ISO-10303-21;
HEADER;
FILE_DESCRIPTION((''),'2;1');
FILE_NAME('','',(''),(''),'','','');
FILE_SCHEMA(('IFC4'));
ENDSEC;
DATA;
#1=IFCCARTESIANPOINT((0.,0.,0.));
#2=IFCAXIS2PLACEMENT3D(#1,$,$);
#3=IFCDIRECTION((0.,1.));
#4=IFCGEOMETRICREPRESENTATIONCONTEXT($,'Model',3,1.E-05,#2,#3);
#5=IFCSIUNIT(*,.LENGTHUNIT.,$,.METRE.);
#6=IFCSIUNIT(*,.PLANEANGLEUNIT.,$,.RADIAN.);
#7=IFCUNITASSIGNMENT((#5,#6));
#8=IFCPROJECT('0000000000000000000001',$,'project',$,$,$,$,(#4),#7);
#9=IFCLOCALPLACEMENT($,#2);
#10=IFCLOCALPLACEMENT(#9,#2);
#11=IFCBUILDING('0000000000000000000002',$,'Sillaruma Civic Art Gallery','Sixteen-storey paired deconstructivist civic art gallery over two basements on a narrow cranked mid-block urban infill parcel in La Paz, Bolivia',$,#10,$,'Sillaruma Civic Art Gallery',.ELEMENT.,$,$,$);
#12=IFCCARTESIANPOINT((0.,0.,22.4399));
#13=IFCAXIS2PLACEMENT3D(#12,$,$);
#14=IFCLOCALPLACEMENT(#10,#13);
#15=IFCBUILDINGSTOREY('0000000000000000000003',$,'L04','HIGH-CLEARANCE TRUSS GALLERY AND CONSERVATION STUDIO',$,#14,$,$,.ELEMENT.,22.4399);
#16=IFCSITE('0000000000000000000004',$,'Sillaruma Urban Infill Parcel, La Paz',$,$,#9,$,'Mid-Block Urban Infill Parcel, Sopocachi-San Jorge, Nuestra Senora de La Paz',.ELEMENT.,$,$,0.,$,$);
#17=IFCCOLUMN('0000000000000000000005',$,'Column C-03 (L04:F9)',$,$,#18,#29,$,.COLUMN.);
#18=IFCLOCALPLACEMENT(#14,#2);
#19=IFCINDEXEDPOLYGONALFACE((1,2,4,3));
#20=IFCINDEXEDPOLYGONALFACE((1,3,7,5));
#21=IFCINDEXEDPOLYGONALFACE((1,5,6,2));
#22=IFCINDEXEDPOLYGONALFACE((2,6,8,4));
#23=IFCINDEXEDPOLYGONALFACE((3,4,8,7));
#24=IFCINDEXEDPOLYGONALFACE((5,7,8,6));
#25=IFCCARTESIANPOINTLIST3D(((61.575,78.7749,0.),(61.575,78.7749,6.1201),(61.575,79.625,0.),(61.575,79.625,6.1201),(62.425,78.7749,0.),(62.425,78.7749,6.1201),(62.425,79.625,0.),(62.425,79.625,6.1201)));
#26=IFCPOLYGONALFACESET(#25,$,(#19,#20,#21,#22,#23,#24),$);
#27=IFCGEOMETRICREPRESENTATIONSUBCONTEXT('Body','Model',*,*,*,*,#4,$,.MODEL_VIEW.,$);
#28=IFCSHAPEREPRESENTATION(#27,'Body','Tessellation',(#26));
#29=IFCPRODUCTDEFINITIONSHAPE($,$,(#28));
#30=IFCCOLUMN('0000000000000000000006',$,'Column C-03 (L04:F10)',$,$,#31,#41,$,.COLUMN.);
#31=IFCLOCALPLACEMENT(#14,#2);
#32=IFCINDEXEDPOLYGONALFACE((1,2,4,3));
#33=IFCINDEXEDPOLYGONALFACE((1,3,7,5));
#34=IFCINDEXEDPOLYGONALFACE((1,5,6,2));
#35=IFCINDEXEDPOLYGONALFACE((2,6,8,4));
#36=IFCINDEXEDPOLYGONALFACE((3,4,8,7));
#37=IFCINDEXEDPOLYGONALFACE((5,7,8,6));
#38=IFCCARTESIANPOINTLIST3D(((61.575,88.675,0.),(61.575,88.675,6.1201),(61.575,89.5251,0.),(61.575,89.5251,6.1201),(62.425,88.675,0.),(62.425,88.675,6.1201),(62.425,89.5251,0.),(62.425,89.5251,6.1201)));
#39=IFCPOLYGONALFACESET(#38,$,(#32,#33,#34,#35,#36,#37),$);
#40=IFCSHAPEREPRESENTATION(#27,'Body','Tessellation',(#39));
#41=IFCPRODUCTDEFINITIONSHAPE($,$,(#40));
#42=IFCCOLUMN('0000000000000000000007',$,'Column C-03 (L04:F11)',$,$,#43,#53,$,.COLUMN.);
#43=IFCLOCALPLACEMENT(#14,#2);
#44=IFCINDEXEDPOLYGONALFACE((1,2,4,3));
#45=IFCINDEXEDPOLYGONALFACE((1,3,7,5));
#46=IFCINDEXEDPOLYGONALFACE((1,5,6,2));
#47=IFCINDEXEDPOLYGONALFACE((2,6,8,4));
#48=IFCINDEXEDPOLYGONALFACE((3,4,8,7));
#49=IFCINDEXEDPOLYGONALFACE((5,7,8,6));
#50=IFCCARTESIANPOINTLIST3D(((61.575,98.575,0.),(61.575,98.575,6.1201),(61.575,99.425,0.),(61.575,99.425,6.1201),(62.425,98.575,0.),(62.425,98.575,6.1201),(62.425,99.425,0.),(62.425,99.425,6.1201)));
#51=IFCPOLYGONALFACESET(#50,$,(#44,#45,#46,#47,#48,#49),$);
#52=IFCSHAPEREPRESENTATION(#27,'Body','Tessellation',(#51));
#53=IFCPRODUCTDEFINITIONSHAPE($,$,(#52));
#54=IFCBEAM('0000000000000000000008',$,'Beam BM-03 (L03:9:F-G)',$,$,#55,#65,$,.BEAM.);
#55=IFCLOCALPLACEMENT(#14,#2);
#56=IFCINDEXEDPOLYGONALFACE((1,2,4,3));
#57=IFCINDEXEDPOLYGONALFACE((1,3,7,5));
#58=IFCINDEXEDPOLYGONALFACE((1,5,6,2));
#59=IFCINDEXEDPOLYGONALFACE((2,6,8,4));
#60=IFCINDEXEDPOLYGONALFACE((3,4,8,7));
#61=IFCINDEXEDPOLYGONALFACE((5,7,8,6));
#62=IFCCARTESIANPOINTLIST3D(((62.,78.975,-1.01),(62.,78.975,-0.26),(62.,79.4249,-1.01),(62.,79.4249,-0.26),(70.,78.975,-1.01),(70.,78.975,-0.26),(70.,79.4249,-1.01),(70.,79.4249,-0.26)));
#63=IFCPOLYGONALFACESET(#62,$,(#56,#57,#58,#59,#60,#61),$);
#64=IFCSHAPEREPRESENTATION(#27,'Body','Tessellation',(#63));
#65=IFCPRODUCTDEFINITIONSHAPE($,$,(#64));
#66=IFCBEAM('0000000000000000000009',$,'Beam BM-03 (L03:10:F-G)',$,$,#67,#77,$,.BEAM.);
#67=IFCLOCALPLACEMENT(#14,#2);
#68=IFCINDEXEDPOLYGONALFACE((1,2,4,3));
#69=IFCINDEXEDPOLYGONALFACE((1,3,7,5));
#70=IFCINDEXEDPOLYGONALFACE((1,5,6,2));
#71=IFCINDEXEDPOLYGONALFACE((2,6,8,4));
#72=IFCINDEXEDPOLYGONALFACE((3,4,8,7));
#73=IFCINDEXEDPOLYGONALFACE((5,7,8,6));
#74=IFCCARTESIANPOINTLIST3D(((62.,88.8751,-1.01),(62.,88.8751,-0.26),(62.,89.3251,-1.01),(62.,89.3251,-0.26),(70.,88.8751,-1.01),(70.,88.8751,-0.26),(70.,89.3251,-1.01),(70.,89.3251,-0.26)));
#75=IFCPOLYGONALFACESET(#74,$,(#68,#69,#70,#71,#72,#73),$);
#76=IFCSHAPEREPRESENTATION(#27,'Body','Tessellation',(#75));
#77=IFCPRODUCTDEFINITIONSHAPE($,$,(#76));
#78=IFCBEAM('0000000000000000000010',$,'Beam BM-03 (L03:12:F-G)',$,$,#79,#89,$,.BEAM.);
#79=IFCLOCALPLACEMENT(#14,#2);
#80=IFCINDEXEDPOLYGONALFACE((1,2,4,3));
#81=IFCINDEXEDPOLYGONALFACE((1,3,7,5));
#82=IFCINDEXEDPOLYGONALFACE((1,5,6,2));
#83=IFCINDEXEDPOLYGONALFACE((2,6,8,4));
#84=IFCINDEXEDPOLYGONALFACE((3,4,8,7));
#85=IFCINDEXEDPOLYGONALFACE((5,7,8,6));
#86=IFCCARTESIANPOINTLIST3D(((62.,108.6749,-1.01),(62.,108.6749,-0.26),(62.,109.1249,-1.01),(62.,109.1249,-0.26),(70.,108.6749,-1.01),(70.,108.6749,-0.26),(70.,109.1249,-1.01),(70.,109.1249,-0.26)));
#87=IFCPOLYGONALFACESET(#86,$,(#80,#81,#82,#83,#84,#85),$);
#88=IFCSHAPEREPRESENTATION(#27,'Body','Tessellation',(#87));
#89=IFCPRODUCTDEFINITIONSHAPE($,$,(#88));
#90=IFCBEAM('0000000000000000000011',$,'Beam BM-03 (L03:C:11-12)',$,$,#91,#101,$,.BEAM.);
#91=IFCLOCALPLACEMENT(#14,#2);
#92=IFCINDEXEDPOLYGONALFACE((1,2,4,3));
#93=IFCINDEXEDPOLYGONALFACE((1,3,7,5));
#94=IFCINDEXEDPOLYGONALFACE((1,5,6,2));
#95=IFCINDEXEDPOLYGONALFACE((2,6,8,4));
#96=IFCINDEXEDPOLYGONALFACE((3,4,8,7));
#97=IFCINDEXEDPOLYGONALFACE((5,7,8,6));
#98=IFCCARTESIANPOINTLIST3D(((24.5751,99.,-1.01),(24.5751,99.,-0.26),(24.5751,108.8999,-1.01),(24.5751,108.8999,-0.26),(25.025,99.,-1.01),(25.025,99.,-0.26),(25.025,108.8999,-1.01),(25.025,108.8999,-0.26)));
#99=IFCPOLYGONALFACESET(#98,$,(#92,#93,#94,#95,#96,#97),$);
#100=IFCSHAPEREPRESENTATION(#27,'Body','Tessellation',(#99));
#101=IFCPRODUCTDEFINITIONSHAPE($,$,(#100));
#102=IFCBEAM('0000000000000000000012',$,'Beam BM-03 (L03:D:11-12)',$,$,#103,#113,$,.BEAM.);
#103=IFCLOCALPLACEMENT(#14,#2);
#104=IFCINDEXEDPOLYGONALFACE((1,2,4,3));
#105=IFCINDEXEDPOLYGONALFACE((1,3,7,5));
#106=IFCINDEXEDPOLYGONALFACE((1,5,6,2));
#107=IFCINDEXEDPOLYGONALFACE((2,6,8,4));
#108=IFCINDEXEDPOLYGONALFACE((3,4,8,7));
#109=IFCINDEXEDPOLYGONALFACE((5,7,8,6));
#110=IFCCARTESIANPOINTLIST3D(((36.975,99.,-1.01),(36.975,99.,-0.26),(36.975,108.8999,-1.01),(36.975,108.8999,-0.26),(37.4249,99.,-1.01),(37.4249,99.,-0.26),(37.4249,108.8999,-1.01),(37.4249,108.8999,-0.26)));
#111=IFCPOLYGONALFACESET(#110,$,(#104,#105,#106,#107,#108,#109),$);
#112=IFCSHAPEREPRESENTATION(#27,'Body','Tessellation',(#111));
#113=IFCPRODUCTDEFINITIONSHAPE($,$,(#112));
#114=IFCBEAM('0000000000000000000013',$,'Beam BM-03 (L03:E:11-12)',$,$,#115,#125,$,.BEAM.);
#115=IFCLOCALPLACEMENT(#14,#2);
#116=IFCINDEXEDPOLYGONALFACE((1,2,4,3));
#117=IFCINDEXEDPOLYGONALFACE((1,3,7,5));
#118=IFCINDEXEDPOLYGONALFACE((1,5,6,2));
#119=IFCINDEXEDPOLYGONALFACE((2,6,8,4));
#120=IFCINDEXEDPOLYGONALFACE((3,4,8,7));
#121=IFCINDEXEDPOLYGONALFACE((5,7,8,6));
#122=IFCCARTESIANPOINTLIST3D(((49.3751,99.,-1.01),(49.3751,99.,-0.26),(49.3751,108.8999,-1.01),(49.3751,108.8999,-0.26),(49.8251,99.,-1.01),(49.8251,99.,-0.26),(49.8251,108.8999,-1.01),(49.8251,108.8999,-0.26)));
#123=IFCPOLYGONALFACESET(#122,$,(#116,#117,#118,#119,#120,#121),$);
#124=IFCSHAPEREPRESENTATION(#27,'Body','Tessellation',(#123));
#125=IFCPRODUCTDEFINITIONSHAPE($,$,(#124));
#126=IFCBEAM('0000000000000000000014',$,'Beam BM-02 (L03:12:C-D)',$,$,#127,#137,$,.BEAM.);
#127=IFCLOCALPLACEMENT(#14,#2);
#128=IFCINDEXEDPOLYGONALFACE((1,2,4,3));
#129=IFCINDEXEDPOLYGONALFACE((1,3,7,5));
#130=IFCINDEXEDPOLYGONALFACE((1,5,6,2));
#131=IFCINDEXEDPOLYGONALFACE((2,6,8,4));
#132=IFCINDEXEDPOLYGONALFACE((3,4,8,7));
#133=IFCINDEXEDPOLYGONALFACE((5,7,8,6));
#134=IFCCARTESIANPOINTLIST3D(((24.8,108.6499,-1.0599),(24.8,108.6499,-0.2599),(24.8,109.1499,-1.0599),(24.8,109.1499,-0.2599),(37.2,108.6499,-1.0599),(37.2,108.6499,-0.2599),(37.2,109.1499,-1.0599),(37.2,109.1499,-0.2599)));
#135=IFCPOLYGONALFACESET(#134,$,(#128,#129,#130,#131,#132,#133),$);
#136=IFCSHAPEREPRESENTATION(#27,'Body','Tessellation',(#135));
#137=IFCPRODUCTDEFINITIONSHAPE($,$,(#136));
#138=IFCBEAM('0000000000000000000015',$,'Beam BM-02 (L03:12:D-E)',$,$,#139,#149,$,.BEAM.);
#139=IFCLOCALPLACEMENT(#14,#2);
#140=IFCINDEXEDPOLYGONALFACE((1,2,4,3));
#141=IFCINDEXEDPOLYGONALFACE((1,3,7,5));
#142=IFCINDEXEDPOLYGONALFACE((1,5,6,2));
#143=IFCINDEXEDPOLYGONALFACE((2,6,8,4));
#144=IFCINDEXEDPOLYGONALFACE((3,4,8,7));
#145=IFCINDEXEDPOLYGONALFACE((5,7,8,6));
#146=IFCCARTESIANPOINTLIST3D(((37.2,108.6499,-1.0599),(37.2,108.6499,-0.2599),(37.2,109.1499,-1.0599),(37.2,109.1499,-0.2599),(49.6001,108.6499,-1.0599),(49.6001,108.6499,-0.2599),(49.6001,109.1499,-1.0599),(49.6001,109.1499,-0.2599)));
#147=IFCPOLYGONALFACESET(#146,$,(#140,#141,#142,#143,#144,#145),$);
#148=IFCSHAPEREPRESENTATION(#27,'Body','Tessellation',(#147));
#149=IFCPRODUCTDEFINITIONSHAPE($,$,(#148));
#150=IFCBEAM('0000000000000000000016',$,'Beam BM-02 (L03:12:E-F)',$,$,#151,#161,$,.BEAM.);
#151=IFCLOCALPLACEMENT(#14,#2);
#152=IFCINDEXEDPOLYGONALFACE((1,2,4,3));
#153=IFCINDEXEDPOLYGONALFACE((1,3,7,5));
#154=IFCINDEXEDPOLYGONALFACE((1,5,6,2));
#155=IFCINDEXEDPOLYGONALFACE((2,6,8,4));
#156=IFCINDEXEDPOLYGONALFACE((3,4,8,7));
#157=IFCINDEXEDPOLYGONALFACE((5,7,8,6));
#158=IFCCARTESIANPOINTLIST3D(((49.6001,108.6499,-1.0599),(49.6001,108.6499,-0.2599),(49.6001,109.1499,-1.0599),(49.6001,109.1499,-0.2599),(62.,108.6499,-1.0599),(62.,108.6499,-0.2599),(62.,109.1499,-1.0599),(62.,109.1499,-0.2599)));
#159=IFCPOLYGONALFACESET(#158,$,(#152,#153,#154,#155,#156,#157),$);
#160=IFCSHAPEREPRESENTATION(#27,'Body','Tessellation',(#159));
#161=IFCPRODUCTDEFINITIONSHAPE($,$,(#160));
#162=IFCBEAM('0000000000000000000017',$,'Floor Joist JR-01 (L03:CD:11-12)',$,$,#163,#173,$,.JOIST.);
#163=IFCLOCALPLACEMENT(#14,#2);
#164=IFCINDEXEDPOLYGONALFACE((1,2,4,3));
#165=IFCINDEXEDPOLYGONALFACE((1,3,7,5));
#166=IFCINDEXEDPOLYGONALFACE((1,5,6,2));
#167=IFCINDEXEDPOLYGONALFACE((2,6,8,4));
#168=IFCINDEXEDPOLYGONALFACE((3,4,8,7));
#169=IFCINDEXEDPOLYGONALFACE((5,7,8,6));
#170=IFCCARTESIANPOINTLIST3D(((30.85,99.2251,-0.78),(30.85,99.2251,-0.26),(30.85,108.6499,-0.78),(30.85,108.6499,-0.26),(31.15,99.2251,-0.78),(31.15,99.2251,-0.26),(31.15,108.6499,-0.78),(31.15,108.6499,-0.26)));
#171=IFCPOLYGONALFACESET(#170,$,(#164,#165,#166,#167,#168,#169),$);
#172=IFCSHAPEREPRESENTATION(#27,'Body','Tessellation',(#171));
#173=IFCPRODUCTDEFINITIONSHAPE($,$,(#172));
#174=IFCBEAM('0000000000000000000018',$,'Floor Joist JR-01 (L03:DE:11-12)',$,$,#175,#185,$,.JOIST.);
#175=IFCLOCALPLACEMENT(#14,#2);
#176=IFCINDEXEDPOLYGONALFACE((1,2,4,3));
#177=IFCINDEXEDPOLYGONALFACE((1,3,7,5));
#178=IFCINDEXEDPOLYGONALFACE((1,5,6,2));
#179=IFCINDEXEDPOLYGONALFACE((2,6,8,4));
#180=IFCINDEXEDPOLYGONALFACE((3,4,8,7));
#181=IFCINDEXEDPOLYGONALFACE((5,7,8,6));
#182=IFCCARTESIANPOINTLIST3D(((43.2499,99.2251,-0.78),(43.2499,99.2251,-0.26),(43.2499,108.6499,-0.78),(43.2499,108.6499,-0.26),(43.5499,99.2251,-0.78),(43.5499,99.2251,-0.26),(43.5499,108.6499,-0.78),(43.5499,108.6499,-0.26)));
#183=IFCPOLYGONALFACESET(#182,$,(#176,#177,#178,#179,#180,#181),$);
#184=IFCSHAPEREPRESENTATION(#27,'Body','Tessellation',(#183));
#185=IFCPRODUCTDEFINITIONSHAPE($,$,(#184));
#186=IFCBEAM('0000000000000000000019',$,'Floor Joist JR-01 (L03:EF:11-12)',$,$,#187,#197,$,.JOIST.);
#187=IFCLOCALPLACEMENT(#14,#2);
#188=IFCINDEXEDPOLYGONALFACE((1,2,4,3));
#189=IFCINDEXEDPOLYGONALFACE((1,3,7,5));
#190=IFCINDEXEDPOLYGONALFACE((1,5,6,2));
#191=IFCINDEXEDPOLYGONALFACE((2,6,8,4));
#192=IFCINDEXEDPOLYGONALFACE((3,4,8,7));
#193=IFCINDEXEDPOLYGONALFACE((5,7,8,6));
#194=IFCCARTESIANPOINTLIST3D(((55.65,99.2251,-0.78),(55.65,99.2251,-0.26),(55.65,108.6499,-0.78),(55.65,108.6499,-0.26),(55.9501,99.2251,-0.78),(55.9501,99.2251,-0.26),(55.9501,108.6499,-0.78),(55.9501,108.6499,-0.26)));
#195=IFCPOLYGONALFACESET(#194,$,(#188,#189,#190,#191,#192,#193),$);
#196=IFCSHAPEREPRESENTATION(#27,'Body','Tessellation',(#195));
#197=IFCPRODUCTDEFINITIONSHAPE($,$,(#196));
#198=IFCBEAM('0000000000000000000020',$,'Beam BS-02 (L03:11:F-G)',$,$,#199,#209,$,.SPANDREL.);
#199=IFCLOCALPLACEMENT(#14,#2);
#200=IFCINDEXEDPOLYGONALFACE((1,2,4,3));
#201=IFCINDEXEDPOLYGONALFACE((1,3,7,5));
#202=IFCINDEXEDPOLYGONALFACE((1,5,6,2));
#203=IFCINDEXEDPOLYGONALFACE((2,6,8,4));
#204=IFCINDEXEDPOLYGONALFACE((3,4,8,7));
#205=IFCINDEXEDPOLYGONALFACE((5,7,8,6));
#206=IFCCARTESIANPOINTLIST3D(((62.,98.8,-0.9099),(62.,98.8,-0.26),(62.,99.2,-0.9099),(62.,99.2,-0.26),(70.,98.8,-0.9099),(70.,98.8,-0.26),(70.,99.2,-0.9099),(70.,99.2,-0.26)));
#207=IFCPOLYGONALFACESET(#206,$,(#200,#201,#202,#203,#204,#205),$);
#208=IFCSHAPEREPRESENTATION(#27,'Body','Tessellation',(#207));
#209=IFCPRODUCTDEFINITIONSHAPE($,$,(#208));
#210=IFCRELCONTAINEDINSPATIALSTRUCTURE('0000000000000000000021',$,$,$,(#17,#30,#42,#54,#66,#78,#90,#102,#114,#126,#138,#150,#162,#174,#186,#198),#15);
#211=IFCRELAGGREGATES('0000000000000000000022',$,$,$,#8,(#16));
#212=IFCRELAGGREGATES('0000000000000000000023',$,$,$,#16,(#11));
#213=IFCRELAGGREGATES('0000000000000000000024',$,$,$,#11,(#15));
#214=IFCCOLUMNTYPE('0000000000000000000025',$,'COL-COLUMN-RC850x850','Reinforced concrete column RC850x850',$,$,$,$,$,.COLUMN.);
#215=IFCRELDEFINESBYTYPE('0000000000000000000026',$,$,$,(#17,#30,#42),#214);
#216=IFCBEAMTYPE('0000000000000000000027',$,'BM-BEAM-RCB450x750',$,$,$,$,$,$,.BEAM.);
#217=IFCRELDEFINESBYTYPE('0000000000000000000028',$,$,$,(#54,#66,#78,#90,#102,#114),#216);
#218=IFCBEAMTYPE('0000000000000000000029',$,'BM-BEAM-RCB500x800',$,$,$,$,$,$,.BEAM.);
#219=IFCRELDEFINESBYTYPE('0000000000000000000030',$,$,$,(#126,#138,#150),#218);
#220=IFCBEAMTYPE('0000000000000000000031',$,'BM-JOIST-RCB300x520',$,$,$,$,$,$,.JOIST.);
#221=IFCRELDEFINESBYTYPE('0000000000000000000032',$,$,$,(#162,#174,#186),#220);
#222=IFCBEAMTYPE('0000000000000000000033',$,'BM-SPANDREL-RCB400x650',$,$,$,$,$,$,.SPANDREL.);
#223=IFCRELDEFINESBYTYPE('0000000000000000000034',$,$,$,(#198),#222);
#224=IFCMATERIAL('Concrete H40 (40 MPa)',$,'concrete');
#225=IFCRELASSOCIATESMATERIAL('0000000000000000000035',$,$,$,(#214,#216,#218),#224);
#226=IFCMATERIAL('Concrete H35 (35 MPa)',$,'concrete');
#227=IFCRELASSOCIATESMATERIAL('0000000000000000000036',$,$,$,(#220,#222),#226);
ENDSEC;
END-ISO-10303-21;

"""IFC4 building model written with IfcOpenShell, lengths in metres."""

from ifc_helpers import new_model, si_unit, direction, frame, origin, origin_2d, place, context, subcontext, project, spatial, rectangle, extrude, material, material_profile, profile_set, type_object, element, save


model = new_model("IFC4")

# Units and contexts
model_context = context("Model", 3, precision=1e-05, world=origin(), true_north=direction((0.0, 1.0)))
body_context = subcontext(model_context, "Body", "Model", "MODEL_VIEW")
ifc_project = project(units=[si_unit("LENGTHUNIT", "METRE"), si_unit("PLANEANGLEUNIT", "RADIAN")], contexts=[model_context])

# Site, building, storey
site_placement = place(None, origin())
site = spatial("IfcSite", under=ifc_project, at=site_placement, Name="Sillaruma Urban Infill Parcel, La Paz", LongName="Mid-Block Urban Infill Parcel, Sopocachi-San Jorge, Nuestra Senora de La Paz", CompositionType="ELEMENT", RefElevation=0.0)
building_placement = place(site_placement, origin())
building = spatial("IfcBuilding", under=site, at=building_placement, Name="Sillaruma Civic Art Gallery", Description="Sixteen-storey paired deconstructivist civic art gallery over two basements on a narrow cranked mid-block urban infill parcel in La Paz, Bolivia", LongName="Sillaruma Civic Art Gallery", CompositionType="ELEMENT")
storey_placement = place(building_placement, frame((0.0, 0.0, 22.4399)))
storey = spatial("IfcBuildingStorey", under=building, at=storey_placement, Name="L04", Description="HIGH-CLEARANCE TRUSS GALLERY AND CONSERVATION STUDIO", CompositionType="ELEMENT", Elevation=22.4399)

# Columns
ifc_material_1 = material(Name="Concrete H40 (40 MPa)", Category="concrete")
ifc_material_profile_1 = material_profile(ifc_material_1, rectangle(XDim=0.8501, YDim=0.8501, at=origin_2d()), Name="RC850x850")
ifc_profile_set_1 = profile_set([ifc_material_profile_1], Name="Concrete H40 (40 MPa)")
column_type = type_object("IfcColumnType", Name="COL-COLUMN-RC850x850", Description="Reinforced concrete column RC850x850", PredefinedType="COLUMN", material=ifc_profile_set_1)
for number, where, z_axis, x_axis, name in (
    (1, (62.0, 79.2, 0.0), (0.0, 0.0, 1.0), (1.0, 0.0, 0.0), "Column C-03 (L04:F9)"),
    (2, (62.0, 89.1001, 0.0), (0.0, 0.0, 1.0), (1.0, 0.0, 0.0), "Column C-03 (L04:F10)"),
    (3, (62.0, 99.0, 0.0), (0.0, 0.0, 1.0), (1.0, 0.0, 0.0), "Column C-03 (L04:F11)"),
):
    element("IfcColumn", number, at=place(storey_placement, frame(where, z_axis=z_axis, x_axis=x_axis)), inside=storey, type_object=column_type, Name=name, PredefinedType="COLUMN", context=body_context, shape_type="SweptSolid", body=[
        extrude(rectangle(XDim=0.8501, YDim=0.8501, at=origin_2d()), origin(), (0.0, 0.0, 1.0), 6.1201),
    ])

# Beams
ifc_material_profile_2 = material_profile(ifc_material_1, rectangle(XDim=0.45, YDim=0.75, at=origin_2d()), Name="RCB450x750")
ifc_profile_set_2 = profile_set([ifc_material_profile_2], Name="Concrete H40 (40 MPa)")
beam_type_1 = type_object("IfcBeamType", Name="BM-BEAM-RCB450x750", PredefinedType="BEAM", material=ifc_profile_set_2)
for number, where, z_axis, x_axis, name in (
    (4, (62.0, 79.2, -0.635), (1.0, 0.0, 0.0), (0.0, 1.0, 0.0), "Beam BM-03 (L03:9:F-G)"),
    (5, (62.0, 89.1001, -0.635), (1.0, 0.0, 0.0), (0.0, 1.0, 0.0), "Beam BM-03 (L03:10:F-G)"),
    (6, (62.0, 108.8999, -0.635), (1.0, 0.0, 0.0), (0.0, 1.0, 0.0), "Beam BM-03 (L03:12:F-G)"),
):
    element("IfcBeam", number, at=place(storey_placement, frame(where, z_axis=z_axis, x_axis=x_axis)), inside=storey, type_object=beam_type_1, Name=name, PredefinedType="BEAM", context=body_context, shape_type="SweptSolid", body=[
        extrude(rectangle(XDim=0.45, YDim=0.75, at=origin_2d()), origin(), (0.0, 0.0, 1.0), 8.0),
    ])
for number, where, z_axis, x_axis, name in (
    (7, (24.8, 99.0, -0.635), (0.0, 1.0, 0.0), (-1.0, 0.0, 0.0), "Beam BM-03 (L03:C:11-12)"),
    (8, (37.2, 99.0, -0.635), (0.0, 1.0, 0.0), (-1.0, 0.0, 0.0), "Beam BM-03 (L03:D:11-12)"),
    (9, (49.6001, 99.0, -0.635), (0.0, 1.0, 0.0), (-1.0, 0.0, 0.0), "Beam BM-03 (L03:E:11-12)"),
):
    element("IfcBeam", number, at=place(storey_placement, frame(where, z_axis=z_axis, x_axis=x_axis)), inside=storey, type_object=beam_type_1, Name=name, PredefinedType="BEAM", context=body_context, shape_type="SweptSolid", body=[
        extrude(rectangle(XDim=0.45, YDim=0.75, at=origin_2d()), origin(), (0.0, 0.0, 1.0), 9.8999),
    ])
ifc_material_profile_3 = material_profile(ifc_material_1, rectangle(XDim=0.5, YDim=0.8, at=origin_2d()), Name="RCB500x800")
ifc_profile_set_3 = profile_set([ifc_material_profile_3], Name="Concrete H40 (40 MPa)")
beam_type_2 = type_object("IfcBeamType", Name="BM-BEAM-RCB500x800", PredefinedType="BEAM", material=ifc_profile_set_3)
beam_1_placement = place(storey_placement, frame((24.8, 108.8999, -0.6599), z_axis=(1.0, 0.0, 0.0), x_axis=(0.0, 1.0, 0.0)))
element("IfcBeam", 10, at=beam_1_placement, inside=storey, type_object=beam_type_2, Name="Beam BM-02 (L03:12:C-D)", PredefinedType="BEAM", context=body_context, shape_type="SweptSolid", body=[
    extrude(rectangle(XDim=0.5, YDim=0.8, at=origin_2d()), origin(), (0.0, 0.0, 1.0), 12.3999),
])
beam_2_placement = place(storey_placement, frame((37.2, 108.8999, -0.6599), z_axis=(1.0, 0.0, 0.0), x_axis=(0.0, 1.0, 0.0)))
element("IfcBeam", 11, at=beam_2_placement, inside=storey, type_object=beam_type_2, Name="Beam BM-02 (L03:12:D-E)", PredefinedType="BEAM", context=body_context, shape_type="SweptSolid", body=[
    extrude(rectangle(XDim=0.5, YDim=0.8, at=origin_2d()), origin(), (0.0, 0.0, 1.0), 12.4001),
])
beam_3_placement = place(storey_placement, frame((49.6001, 108.8999, -0.6599), z_axis=(1.0, 0.0, 0.0), x_axis=(0.0, 1.0, 0.0)))
element("IfcBeam", 12, at=beam_3_placement, inside=storey, type_object=beam_type_2, Name="Beam BM-02 (L03:12:E-F)", PredefinedType="BEAM", context=body_context, shape_type="SweptSolid", body=[
    extrude(rectangle(XDim=0.5, YDim=0.8, at=origin_2d()), origin(), (0.0, 0.0, 1.0), 12.3999),
])
ifc_material_2 = material(Name="Concrete H35 (35 MPa)", Category="concrete")
ifc_material_profile_4 = material_profile(ifc_material_2, rectangle(XDim=0.3, YDim=0.52, at=origin_2d()), Name="RCB300x520")
ifc_profile_set_4 = profile_set([ifc_material_profile_4], Name="Concrete H35 (35 MPa)")
beam_type_3 = type_object("IfcBeamType", Name="BM-JOIST-RCB300x520", PredefinedType="JOIST", material=ifc_profile_set_4)
for number, where, z_axis, x_axis, name in (
    (13, (31.0, 99.2251, -0.52), (0.0, 1.0, 0.0), (-1.0, 0.0, 0.0), "Floor Joist JR-01 (L03:CD:11-12)"),
    (14, (43.3999, 99.2251, -0.52), (0.0, 1.0, 0.0), (-1.0, 0.0, 0.0), "Floor Joist JR-01 (L03:DE:11-12)"),
    (15, (55.8, 99.2251, -0.52), (0.0, 1.0, 0.0), (-1.0, 0.0, 0.0), "Floor Joist JR-01 (L03:EF:11-12)"),
):
    element("IfcBeam", number, at=place(storey_placement, frame(where, z_axis=z_axis, x_axis=x_axis)), inside=storey, type_object=beam_type_3, Name=name, PredefinedType="JOIST", context=body_context, shape_type="SweptSolid", body=[
        extrude(rectangle(XDim=0.3, YDim=0.52, at=origin_2d()), origin(), (0.0, 0.0, 1.0), 9.4248),
    ])
ifc_material_profile_5 = material_profile(ifc_material_2, rectangle(XDim=0.3999, YDim=0.6499, at=origin_2d()), Name="RCB400x650")
ifc_profile_set_5 = profile_set([ifc_material_profile_5], Name="Concrete H35 (35 MPa)")
beam_type_4 = type_object("IfcBeamType", Name="BM-SPANDREL-RCB400x650", PredefinedType="SPANDREL", material=ifc_profile_set_5)
beam_4_placement = place(storey_placement, frame((62.0, 99.0, -0.585), z_axis=(1.0, 0.0, 0.0), x_axis=(0.0, 1.0, 0.0)))
element("IfcBeam", 16, at=beam_4_placement, inside=storey, type_object=beam_type_4, Name="Beam BS-02 (L03:11:F-G)", PredefinedType="SPANDREL", context=body_context, shape_type="SweptSolid", body=[
    extrude(rectangle(XDim=0.3999, YDim=0.6499, at=origin_2d()), origin(), (0.0, 0.0, 1.0), 8.0),
])

save(model, "model.ifc")
